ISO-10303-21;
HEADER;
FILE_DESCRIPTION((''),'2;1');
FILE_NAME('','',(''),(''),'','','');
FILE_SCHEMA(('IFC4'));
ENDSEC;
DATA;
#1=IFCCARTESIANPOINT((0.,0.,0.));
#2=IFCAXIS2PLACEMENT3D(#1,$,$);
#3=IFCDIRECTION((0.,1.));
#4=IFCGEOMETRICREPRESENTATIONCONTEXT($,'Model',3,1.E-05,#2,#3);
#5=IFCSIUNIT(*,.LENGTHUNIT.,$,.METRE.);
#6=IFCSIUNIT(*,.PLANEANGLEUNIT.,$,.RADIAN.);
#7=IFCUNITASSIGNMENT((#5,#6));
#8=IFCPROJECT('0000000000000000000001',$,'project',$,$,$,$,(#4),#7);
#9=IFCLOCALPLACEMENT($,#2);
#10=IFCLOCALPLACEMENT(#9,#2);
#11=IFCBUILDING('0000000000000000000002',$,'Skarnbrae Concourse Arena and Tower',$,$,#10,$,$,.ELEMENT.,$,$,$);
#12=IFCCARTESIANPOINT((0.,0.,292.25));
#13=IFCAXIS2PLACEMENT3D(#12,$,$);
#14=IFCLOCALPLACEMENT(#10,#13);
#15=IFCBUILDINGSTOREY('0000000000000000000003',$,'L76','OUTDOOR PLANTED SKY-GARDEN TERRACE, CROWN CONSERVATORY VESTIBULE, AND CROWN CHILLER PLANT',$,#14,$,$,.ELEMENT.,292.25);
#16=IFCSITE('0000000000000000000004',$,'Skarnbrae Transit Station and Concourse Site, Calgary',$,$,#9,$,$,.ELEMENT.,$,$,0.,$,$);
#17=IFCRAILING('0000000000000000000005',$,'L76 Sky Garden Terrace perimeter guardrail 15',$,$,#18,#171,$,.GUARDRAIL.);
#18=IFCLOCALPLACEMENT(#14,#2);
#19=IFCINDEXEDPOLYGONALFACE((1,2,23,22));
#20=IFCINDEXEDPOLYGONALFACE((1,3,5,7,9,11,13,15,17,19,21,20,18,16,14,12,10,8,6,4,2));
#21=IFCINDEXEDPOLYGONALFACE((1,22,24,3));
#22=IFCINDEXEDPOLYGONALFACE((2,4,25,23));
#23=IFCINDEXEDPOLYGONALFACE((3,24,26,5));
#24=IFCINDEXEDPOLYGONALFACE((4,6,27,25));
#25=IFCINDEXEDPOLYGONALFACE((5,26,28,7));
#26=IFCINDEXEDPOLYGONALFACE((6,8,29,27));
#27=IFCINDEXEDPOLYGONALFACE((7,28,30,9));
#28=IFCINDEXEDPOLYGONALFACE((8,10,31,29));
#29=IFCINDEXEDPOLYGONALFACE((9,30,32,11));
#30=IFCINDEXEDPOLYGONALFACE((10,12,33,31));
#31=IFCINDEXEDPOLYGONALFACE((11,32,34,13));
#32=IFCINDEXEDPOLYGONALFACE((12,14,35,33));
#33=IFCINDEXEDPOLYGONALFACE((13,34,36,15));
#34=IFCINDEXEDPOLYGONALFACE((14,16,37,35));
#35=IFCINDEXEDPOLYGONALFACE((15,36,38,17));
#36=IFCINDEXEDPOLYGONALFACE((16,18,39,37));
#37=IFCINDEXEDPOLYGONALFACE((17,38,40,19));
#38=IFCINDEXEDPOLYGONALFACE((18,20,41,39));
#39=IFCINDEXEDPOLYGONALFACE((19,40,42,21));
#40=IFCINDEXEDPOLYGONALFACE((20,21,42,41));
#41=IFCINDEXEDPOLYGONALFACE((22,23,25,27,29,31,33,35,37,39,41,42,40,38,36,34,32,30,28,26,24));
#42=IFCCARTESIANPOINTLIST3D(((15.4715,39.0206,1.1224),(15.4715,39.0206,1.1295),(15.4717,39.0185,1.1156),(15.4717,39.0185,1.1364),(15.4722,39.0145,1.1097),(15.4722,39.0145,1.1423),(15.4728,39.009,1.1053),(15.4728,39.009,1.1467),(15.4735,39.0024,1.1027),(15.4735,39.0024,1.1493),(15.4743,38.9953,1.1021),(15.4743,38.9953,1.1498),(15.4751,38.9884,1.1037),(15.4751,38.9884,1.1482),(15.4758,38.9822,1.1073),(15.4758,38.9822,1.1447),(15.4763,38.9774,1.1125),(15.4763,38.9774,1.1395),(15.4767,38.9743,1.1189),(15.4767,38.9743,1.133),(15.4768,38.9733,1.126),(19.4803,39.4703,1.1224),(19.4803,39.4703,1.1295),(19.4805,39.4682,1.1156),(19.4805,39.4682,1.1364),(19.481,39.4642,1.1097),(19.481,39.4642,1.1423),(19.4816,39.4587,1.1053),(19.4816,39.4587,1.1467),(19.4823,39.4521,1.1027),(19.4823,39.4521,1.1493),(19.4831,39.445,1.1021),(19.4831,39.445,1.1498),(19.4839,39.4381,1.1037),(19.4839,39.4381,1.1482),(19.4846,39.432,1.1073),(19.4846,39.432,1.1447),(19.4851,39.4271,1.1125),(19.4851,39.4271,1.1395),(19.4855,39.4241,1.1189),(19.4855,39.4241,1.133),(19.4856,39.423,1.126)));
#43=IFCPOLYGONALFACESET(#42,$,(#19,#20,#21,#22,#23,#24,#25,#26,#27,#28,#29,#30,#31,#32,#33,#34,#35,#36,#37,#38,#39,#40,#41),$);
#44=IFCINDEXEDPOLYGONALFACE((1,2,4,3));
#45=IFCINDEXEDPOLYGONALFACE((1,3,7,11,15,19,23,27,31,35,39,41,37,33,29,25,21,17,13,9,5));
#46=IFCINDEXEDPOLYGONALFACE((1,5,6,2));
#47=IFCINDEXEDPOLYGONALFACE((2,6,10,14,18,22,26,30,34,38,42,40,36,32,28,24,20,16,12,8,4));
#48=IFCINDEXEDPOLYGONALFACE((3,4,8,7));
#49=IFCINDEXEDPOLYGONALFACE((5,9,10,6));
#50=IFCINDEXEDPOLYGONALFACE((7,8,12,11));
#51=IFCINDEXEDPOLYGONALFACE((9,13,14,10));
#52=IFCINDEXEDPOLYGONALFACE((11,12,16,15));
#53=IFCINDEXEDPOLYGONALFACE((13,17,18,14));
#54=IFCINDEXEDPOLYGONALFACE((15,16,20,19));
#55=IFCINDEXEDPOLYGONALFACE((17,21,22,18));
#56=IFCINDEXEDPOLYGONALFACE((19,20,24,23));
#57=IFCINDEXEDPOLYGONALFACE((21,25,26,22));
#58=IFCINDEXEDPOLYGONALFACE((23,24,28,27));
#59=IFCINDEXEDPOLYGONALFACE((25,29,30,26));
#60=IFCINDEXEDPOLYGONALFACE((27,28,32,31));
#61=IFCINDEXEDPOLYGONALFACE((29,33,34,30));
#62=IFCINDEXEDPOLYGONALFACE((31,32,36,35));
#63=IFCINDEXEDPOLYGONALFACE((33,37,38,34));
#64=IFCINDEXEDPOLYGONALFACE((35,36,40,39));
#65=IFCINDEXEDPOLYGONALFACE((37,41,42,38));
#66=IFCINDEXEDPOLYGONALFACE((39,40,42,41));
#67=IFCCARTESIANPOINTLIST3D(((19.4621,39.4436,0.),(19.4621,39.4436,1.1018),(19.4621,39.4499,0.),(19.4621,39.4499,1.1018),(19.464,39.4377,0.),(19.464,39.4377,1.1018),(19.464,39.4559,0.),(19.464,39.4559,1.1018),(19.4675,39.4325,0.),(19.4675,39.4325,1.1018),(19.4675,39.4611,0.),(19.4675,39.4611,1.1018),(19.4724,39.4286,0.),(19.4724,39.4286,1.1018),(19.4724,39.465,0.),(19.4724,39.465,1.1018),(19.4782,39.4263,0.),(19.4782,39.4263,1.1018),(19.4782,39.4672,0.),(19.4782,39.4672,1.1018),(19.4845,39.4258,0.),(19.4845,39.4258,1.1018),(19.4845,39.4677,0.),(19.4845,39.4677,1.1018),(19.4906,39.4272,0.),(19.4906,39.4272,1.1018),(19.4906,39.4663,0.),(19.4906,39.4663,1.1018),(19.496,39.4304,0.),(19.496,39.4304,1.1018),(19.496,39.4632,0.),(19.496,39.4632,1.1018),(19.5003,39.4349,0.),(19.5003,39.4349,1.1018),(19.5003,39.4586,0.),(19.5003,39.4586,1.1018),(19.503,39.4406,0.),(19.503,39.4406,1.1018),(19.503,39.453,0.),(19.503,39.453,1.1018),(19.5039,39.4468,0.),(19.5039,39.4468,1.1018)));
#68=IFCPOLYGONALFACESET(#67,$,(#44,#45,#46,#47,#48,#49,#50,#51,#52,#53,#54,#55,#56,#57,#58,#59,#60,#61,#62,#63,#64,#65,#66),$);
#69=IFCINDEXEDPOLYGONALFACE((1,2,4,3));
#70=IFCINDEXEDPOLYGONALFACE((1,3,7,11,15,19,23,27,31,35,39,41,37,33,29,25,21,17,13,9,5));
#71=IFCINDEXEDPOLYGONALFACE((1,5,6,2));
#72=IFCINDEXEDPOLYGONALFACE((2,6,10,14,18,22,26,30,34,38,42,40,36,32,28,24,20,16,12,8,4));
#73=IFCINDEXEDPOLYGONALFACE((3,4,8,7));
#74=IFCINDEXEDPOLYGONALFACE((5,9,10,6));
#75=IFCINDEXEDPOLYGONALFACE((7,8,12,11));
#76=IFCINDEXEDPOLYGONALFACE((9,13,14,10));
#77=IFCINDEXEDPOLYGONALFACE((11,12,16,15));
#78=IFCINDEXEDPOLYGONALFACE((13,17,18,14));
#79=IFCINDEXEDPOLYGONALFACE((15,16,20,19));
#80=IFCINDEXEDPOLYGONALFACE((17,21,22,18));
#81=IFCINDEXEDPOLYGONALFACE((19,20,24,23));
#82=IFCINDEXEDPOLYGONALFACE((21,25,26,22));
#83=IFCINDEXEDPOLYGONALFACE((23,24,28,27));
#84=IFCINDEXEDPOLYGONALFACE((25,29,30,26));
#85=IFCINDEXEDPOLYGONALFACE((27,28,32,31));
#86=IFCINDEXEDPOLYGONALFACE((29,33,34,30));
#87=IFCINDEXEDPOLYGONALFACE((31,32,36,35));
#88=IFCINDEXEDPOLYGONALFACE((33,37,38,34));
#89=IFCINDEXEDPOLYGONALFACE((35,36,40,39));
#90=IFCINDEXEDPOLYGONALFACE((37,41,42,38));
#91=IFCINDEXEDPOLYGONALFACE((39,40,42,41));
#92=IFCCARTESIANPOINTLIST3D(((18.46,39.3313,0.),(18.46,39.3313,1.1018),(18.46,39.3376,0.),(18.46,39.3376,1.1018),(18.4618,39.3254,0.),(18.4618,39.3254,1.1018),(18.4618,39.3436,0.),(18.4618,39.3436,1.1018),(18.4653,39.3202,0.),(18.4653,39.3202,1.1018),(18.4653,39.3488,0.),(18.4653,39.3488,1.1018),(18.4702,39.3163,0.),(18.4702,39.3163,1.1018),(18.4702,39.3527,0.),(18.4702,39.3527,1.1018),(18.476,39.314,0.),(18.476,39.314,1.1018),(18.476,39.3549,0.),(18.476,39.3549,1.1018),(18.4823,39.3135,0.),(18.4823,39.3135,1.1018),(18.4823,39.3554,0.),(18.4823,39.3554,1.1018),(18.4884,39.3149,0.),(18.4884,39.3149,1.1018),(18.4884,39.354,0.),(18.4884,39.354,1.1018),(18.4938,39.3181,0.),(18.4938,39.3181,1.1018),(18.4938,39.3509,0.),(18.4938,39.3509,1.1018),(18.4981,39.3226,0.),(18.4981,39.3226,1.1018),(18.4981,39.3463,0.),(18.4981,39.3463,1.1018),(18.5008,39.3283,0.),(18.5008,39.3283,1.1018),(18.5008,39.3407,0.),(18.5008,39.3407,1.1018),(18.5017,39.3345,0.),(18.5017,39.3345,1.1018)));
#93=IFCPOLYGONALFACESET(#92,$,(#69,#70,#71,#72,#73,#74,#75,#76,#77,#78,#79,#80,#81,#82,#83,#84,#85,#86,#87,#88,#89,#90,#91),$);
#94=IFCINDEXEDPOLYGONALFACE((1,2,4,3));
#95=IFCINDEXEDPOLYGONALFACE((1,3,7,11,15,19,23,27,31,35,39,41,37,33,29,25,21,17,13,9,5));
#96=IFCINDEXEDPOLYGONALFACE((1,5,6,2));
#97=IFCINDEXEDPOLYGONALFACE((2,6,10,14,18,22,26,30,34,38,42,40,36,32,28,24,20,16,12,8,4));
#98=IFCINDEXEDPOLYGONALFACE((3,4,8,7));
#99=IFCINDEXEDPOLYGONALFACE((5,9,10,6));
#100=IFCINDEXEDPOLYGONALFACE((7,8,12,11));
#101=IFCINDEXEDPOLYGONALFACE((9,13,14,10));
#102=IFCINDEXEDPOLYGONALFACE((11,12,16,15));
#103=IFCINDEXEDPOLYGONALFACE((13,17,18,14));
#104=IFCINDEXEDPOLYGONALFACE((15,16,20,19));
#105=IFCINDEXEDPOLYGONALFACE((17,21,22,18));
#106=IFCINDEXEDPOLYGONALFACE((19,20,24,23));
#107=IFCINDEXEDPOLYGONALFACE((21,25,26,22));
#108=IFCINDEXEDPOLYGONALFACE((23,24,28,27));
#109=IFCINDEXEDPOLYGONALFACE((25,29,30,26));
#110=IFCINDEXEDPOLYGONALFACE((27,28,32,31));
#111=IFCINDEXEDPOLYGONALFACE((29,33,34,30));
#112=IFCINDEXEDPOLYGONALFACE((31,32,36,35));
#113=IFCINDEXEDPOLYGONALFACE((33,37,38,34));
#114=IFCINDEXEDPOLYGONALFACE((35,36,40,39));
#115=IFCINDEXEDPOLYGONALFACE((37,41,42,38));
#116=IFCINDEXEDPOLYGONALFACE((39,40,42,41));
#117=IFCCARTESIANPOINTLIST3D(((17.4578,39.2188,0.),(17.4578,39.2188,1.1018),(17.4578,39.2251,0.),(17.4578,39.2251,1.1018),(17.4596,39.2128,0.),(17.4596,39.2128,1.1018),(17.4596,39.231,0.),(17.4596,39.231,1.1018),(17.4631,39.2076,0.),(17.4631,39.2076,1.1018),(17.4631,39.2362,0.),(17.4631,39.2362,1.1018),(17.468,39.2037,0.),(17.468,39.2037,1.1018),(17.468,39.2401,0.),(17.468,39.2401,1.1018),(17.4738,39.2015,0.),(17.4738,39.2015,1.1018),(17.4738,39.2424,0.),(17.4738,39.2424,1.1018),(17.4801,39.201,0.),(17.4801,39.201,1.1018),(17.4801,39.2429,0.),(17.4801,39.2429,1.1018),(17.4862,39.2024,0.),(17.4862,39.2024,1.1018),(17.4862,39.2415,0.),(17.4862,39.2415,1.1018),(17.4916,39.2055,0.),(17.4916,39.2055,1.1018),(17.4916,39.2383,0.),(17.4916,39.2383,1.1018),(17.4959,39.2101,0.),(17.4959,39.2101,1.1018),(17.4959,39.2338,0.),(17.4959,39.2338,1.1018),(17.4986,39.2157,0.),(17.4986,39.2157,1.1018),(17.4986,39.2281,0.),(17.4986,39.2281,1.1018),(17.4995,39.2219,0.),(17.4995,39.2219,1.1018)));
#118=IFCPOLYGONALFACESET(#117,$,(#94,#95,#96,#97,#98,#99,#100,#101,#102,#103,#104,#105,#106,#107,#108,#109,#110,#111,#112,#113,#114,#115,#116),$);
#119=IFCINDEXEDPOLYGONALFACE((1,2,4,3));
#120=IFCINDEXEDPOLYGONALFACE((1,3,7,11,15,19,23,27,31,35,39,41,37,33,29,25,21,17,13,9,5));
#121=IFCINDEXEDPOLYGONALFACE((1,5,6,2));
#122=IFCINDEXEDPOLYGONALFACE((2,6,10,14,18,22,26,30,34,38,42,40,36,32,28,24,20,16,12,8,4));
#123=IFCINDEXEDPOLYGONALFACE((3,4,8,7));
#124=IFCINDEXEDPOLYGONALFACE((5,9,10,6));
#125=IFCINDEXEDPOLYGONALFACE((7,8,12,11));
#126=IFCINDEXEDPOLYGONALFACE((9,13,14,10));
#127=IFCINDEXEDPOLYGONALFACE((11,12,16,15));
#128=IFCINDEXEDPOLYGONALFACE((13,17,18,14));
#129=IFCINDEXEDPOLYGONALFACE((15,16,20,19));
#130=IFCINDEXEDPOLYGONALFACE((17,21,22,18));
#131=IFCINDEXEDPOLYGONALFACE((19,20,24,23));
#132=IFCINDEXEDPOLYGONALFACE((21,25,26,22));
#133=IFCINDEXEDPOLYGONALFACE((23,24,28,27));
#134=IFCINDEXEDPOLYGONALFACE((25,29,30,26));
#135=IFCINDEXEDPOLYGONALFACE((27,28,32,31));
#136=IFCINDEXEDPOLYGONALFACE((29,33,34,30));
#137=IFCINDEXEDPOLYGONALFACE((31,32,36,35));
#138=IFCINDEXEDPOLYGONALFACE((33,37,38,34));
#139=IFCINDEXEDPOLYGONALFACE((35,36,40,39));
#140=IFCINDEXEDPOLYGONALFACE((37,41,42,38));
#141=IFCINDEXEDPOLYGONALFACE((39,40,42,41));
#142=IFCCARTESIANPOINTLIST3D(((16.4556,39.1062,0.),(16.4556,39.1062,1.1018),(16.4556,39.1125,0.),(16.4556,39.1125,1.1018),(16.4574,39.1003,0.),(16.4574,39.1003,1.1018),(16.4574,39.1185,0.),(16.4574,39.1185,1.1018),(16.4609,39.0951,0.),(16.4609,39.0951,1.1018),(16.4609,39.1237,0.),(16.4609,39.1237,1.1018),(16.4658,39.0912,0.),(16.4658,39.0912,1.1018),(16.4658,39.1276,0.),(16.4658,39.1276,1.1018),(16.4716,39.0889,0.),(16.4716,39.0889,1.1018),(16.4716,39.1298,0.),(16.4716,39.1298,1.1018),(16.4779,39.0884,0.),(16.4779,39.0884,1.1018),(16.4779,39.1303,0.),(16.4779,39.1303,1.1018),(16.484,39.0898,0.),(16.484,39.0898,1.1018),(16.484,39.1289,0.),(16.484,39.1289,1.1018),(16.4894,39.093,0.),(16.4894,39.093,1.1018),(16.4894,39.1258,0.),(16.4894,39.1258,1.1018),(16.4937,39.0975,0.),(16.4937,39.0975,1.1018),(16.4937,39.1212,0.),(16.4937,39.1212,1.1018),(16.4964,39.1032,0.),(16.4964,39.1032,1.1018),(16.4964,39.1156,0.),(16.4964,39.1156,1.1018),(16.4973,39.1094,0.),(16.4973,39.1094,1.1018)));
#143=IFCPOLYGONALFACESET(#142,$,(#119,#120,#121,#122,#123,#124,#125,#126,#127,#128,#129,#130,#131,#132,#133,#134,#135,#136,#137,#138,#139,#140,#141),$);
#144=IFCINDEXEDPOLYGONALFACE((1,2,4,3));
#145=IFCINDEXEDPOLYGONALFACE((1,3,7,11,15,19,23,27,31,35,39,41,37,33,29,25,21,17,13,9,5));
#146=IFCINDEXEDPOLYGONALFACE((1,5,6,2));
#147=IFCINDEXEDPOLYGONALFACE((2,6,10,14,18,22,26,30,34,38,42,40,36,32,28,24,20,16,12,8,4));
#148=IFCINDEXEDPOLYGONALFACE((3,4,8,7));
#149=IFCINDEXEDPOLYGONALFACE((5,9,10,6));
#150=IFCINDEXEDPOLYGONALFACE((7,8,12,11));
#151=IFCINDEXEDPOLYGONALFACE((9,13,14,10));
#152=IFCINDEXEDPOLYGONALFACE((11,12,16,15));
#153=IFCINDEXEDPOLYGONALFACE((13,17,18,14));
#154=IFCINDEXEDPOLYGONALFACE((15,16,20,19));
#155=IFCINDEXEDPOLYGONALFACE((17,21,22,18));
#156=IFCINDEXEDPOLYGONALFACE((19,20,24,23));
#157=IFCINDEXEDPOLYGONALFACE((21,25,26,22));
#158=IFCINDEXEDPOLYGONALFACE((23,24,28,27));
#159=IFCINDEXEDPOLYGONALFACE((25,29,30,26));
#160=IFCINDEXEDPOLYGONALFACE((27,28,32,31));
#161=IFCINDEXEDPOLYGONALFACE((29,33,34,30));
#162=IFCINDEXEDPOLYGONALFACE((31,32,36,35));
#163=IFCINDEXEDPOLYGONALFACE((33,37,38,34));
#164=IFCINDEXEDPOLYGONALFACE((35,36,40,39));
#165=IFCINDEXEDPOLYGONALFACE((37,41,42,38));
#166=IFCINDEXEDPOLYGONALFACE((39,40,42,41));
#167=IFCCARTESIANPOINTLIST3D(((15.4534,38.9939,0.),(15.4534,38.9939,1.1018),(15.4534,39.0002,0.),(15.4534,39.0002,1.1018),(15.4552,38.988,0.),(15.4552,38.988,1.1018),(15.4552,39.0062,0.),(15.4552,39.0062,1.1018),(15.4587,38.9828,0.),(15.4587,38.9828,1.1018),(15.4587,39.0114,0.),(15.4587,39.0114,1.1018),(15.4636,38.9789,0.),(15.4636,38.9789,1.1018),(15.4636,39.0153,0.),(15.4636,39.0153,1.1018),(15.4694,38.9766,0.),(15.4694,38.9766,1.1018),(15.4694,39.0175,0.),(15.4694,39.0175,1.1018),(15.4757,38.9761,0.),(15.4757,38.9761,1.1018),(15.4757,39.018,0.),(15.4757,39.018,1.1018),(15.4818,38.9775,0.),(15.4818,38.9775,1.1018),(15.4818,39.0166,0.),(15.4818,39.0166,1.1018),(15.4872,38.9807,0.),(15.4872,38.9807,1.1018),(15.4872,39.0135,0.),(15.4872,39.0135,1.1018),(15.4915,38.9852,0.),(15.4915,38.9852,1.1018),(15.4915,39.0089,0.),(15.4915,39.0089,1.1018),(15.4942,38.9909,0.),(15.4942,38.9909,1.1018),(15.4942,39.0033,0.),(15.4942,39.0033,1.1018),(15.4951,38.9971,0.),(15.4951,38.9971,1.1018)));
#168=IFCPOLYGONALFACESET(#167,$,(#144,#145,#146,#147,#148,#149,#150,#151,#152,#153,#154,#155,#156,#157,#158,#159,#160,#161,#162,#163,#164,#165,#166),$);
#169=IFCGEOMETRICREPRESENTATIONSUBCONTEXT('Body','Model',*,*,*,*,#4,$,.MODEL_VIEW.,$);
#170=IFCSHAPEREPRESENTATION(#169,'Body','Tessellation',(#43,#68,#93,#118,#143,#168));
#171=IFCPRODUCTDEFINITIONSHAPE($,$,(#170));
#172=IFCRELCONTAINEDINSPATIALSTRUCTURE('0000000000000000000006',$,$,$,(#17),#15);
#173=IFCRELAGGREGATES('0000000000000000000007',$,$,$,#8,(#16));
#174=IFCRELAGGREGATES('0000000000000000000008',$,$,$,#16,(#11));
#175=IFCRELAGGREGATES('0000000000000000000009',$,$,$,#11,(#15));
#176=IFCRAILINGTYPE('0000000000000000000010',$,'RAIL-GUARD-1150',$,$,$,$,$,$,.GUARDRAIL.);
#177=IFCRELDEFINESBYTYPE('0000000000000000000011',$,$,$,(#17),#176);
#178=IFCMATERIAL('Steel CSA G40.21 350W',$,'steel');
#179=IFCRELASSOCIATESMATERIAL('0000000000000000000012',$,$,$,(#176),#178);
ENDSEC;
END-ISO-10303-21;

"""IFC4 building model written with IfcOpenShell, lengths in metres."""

from ifc_helpers import new_model, si_unit, direction, frame, origin, origin_2d, place, context, subcontext, project, spatial, circle, extrude, material, type_object, element, save


model = new_model("IFC4")

# Units and contexts
model_context = context("Model", 3, precision=1e-05, world=origin(), true_north=direction((0.0, 1.0)))
body_context = subcontext(model_context, "Body", "Model", "MODEL_VIEW")
ifc_project = project(units=[si_unit("LENGTHUNIT", "METRE"), si_unit("PLANEANGLEUNIT", "RADIAN")], contexts=[model_context])

# Site, building, storey
site_placement = place(None, origin())
site = spatial("IfcSite", under=ifc_project, at=site_placement, Name="Skarnbrae Transit Station and Concourse Site, Calgary", CompositionType="ELEMENT", RefElevation=0.0)
building_placement = place(site_placement, origin())
building = spatial("IfcBuilding", under=site, at=building_placement, Name="Skarnbrae Concourse Arena and Tower", CompositionType="ELEMENT")
storey_placement = place(building_placement, frame((0.0, 0.0, 292.25)))
storey = spatial("IfcBuildingStorey", under=building, at=storey_placement, Name="L76", Description="OUTDOOR PLANTED SKY-GARDEN TERRACE, CROWN CONSERVATORY VESTIBULE, AND CROWN CHILLER PLANT", CompositionType="ELEMENT", Elevation=292.25)

# Shared definitions
ifc_material_1 = material(Name="Steel CSA G40.21 350W", Category="steel")

# Railing
railing_type = type_object("IfcRailingType", Name="RAIL-GUARD-1150", PredefinedType="GUARDRAIL", material=ifc_material_1)
railing_1_placement = place(storey_placement, frame((19.4829, 39.4468, 0.0)))
element("IfcRailing", 1, at=railing_1_placement, inside=storey, type_object=railing_type, Name="L76 Sky Garden Terrace perimeter guardrail 15", PredefinedType="GUARDRAIL", context=body_context, shape_type="SweptSolid", body=[
    extrude(circle(Radius=0.0239, at=origin_2d()), frame((0.0, 0.0, 1.126), z_axis=(-0.993767, -0.111481, 0.0), x_axis=(0.111481, -0.993767, 0.0)), (0.0, 0.0, 1.0), 4.0339),
    extrude(circle(Radius=0.021, at=origin_2d()), origin(), (0.0, 0.0, 1.0), 1.1018),
    extrude(circle(Radius=0.021, at=origin_2d()), frame((-1.0022, -0.1123, 0.0)), (0.0, 0.0, 1.0), 1.1018),
    extrude(circle(Radius=0.021, at=origin_2d()), frame((-2.0044, -0.2249, 0.0)), (0.0, 0.0, 1.0), 1.1018),
    extrude(circle(Radius=0.021, at=origin_2d()), frame((-3.0066, -0.3374, 0.0)), (0.0, 0.0, 1.0), 1.1018),
    extrude(circle(Radius=0.021, at=origin_2d()), frame((-4.0088, -0.4497, 0.0)), (0.0, 0.0, 1.0), 1.1018),
])

save(model, "model.ifc")
